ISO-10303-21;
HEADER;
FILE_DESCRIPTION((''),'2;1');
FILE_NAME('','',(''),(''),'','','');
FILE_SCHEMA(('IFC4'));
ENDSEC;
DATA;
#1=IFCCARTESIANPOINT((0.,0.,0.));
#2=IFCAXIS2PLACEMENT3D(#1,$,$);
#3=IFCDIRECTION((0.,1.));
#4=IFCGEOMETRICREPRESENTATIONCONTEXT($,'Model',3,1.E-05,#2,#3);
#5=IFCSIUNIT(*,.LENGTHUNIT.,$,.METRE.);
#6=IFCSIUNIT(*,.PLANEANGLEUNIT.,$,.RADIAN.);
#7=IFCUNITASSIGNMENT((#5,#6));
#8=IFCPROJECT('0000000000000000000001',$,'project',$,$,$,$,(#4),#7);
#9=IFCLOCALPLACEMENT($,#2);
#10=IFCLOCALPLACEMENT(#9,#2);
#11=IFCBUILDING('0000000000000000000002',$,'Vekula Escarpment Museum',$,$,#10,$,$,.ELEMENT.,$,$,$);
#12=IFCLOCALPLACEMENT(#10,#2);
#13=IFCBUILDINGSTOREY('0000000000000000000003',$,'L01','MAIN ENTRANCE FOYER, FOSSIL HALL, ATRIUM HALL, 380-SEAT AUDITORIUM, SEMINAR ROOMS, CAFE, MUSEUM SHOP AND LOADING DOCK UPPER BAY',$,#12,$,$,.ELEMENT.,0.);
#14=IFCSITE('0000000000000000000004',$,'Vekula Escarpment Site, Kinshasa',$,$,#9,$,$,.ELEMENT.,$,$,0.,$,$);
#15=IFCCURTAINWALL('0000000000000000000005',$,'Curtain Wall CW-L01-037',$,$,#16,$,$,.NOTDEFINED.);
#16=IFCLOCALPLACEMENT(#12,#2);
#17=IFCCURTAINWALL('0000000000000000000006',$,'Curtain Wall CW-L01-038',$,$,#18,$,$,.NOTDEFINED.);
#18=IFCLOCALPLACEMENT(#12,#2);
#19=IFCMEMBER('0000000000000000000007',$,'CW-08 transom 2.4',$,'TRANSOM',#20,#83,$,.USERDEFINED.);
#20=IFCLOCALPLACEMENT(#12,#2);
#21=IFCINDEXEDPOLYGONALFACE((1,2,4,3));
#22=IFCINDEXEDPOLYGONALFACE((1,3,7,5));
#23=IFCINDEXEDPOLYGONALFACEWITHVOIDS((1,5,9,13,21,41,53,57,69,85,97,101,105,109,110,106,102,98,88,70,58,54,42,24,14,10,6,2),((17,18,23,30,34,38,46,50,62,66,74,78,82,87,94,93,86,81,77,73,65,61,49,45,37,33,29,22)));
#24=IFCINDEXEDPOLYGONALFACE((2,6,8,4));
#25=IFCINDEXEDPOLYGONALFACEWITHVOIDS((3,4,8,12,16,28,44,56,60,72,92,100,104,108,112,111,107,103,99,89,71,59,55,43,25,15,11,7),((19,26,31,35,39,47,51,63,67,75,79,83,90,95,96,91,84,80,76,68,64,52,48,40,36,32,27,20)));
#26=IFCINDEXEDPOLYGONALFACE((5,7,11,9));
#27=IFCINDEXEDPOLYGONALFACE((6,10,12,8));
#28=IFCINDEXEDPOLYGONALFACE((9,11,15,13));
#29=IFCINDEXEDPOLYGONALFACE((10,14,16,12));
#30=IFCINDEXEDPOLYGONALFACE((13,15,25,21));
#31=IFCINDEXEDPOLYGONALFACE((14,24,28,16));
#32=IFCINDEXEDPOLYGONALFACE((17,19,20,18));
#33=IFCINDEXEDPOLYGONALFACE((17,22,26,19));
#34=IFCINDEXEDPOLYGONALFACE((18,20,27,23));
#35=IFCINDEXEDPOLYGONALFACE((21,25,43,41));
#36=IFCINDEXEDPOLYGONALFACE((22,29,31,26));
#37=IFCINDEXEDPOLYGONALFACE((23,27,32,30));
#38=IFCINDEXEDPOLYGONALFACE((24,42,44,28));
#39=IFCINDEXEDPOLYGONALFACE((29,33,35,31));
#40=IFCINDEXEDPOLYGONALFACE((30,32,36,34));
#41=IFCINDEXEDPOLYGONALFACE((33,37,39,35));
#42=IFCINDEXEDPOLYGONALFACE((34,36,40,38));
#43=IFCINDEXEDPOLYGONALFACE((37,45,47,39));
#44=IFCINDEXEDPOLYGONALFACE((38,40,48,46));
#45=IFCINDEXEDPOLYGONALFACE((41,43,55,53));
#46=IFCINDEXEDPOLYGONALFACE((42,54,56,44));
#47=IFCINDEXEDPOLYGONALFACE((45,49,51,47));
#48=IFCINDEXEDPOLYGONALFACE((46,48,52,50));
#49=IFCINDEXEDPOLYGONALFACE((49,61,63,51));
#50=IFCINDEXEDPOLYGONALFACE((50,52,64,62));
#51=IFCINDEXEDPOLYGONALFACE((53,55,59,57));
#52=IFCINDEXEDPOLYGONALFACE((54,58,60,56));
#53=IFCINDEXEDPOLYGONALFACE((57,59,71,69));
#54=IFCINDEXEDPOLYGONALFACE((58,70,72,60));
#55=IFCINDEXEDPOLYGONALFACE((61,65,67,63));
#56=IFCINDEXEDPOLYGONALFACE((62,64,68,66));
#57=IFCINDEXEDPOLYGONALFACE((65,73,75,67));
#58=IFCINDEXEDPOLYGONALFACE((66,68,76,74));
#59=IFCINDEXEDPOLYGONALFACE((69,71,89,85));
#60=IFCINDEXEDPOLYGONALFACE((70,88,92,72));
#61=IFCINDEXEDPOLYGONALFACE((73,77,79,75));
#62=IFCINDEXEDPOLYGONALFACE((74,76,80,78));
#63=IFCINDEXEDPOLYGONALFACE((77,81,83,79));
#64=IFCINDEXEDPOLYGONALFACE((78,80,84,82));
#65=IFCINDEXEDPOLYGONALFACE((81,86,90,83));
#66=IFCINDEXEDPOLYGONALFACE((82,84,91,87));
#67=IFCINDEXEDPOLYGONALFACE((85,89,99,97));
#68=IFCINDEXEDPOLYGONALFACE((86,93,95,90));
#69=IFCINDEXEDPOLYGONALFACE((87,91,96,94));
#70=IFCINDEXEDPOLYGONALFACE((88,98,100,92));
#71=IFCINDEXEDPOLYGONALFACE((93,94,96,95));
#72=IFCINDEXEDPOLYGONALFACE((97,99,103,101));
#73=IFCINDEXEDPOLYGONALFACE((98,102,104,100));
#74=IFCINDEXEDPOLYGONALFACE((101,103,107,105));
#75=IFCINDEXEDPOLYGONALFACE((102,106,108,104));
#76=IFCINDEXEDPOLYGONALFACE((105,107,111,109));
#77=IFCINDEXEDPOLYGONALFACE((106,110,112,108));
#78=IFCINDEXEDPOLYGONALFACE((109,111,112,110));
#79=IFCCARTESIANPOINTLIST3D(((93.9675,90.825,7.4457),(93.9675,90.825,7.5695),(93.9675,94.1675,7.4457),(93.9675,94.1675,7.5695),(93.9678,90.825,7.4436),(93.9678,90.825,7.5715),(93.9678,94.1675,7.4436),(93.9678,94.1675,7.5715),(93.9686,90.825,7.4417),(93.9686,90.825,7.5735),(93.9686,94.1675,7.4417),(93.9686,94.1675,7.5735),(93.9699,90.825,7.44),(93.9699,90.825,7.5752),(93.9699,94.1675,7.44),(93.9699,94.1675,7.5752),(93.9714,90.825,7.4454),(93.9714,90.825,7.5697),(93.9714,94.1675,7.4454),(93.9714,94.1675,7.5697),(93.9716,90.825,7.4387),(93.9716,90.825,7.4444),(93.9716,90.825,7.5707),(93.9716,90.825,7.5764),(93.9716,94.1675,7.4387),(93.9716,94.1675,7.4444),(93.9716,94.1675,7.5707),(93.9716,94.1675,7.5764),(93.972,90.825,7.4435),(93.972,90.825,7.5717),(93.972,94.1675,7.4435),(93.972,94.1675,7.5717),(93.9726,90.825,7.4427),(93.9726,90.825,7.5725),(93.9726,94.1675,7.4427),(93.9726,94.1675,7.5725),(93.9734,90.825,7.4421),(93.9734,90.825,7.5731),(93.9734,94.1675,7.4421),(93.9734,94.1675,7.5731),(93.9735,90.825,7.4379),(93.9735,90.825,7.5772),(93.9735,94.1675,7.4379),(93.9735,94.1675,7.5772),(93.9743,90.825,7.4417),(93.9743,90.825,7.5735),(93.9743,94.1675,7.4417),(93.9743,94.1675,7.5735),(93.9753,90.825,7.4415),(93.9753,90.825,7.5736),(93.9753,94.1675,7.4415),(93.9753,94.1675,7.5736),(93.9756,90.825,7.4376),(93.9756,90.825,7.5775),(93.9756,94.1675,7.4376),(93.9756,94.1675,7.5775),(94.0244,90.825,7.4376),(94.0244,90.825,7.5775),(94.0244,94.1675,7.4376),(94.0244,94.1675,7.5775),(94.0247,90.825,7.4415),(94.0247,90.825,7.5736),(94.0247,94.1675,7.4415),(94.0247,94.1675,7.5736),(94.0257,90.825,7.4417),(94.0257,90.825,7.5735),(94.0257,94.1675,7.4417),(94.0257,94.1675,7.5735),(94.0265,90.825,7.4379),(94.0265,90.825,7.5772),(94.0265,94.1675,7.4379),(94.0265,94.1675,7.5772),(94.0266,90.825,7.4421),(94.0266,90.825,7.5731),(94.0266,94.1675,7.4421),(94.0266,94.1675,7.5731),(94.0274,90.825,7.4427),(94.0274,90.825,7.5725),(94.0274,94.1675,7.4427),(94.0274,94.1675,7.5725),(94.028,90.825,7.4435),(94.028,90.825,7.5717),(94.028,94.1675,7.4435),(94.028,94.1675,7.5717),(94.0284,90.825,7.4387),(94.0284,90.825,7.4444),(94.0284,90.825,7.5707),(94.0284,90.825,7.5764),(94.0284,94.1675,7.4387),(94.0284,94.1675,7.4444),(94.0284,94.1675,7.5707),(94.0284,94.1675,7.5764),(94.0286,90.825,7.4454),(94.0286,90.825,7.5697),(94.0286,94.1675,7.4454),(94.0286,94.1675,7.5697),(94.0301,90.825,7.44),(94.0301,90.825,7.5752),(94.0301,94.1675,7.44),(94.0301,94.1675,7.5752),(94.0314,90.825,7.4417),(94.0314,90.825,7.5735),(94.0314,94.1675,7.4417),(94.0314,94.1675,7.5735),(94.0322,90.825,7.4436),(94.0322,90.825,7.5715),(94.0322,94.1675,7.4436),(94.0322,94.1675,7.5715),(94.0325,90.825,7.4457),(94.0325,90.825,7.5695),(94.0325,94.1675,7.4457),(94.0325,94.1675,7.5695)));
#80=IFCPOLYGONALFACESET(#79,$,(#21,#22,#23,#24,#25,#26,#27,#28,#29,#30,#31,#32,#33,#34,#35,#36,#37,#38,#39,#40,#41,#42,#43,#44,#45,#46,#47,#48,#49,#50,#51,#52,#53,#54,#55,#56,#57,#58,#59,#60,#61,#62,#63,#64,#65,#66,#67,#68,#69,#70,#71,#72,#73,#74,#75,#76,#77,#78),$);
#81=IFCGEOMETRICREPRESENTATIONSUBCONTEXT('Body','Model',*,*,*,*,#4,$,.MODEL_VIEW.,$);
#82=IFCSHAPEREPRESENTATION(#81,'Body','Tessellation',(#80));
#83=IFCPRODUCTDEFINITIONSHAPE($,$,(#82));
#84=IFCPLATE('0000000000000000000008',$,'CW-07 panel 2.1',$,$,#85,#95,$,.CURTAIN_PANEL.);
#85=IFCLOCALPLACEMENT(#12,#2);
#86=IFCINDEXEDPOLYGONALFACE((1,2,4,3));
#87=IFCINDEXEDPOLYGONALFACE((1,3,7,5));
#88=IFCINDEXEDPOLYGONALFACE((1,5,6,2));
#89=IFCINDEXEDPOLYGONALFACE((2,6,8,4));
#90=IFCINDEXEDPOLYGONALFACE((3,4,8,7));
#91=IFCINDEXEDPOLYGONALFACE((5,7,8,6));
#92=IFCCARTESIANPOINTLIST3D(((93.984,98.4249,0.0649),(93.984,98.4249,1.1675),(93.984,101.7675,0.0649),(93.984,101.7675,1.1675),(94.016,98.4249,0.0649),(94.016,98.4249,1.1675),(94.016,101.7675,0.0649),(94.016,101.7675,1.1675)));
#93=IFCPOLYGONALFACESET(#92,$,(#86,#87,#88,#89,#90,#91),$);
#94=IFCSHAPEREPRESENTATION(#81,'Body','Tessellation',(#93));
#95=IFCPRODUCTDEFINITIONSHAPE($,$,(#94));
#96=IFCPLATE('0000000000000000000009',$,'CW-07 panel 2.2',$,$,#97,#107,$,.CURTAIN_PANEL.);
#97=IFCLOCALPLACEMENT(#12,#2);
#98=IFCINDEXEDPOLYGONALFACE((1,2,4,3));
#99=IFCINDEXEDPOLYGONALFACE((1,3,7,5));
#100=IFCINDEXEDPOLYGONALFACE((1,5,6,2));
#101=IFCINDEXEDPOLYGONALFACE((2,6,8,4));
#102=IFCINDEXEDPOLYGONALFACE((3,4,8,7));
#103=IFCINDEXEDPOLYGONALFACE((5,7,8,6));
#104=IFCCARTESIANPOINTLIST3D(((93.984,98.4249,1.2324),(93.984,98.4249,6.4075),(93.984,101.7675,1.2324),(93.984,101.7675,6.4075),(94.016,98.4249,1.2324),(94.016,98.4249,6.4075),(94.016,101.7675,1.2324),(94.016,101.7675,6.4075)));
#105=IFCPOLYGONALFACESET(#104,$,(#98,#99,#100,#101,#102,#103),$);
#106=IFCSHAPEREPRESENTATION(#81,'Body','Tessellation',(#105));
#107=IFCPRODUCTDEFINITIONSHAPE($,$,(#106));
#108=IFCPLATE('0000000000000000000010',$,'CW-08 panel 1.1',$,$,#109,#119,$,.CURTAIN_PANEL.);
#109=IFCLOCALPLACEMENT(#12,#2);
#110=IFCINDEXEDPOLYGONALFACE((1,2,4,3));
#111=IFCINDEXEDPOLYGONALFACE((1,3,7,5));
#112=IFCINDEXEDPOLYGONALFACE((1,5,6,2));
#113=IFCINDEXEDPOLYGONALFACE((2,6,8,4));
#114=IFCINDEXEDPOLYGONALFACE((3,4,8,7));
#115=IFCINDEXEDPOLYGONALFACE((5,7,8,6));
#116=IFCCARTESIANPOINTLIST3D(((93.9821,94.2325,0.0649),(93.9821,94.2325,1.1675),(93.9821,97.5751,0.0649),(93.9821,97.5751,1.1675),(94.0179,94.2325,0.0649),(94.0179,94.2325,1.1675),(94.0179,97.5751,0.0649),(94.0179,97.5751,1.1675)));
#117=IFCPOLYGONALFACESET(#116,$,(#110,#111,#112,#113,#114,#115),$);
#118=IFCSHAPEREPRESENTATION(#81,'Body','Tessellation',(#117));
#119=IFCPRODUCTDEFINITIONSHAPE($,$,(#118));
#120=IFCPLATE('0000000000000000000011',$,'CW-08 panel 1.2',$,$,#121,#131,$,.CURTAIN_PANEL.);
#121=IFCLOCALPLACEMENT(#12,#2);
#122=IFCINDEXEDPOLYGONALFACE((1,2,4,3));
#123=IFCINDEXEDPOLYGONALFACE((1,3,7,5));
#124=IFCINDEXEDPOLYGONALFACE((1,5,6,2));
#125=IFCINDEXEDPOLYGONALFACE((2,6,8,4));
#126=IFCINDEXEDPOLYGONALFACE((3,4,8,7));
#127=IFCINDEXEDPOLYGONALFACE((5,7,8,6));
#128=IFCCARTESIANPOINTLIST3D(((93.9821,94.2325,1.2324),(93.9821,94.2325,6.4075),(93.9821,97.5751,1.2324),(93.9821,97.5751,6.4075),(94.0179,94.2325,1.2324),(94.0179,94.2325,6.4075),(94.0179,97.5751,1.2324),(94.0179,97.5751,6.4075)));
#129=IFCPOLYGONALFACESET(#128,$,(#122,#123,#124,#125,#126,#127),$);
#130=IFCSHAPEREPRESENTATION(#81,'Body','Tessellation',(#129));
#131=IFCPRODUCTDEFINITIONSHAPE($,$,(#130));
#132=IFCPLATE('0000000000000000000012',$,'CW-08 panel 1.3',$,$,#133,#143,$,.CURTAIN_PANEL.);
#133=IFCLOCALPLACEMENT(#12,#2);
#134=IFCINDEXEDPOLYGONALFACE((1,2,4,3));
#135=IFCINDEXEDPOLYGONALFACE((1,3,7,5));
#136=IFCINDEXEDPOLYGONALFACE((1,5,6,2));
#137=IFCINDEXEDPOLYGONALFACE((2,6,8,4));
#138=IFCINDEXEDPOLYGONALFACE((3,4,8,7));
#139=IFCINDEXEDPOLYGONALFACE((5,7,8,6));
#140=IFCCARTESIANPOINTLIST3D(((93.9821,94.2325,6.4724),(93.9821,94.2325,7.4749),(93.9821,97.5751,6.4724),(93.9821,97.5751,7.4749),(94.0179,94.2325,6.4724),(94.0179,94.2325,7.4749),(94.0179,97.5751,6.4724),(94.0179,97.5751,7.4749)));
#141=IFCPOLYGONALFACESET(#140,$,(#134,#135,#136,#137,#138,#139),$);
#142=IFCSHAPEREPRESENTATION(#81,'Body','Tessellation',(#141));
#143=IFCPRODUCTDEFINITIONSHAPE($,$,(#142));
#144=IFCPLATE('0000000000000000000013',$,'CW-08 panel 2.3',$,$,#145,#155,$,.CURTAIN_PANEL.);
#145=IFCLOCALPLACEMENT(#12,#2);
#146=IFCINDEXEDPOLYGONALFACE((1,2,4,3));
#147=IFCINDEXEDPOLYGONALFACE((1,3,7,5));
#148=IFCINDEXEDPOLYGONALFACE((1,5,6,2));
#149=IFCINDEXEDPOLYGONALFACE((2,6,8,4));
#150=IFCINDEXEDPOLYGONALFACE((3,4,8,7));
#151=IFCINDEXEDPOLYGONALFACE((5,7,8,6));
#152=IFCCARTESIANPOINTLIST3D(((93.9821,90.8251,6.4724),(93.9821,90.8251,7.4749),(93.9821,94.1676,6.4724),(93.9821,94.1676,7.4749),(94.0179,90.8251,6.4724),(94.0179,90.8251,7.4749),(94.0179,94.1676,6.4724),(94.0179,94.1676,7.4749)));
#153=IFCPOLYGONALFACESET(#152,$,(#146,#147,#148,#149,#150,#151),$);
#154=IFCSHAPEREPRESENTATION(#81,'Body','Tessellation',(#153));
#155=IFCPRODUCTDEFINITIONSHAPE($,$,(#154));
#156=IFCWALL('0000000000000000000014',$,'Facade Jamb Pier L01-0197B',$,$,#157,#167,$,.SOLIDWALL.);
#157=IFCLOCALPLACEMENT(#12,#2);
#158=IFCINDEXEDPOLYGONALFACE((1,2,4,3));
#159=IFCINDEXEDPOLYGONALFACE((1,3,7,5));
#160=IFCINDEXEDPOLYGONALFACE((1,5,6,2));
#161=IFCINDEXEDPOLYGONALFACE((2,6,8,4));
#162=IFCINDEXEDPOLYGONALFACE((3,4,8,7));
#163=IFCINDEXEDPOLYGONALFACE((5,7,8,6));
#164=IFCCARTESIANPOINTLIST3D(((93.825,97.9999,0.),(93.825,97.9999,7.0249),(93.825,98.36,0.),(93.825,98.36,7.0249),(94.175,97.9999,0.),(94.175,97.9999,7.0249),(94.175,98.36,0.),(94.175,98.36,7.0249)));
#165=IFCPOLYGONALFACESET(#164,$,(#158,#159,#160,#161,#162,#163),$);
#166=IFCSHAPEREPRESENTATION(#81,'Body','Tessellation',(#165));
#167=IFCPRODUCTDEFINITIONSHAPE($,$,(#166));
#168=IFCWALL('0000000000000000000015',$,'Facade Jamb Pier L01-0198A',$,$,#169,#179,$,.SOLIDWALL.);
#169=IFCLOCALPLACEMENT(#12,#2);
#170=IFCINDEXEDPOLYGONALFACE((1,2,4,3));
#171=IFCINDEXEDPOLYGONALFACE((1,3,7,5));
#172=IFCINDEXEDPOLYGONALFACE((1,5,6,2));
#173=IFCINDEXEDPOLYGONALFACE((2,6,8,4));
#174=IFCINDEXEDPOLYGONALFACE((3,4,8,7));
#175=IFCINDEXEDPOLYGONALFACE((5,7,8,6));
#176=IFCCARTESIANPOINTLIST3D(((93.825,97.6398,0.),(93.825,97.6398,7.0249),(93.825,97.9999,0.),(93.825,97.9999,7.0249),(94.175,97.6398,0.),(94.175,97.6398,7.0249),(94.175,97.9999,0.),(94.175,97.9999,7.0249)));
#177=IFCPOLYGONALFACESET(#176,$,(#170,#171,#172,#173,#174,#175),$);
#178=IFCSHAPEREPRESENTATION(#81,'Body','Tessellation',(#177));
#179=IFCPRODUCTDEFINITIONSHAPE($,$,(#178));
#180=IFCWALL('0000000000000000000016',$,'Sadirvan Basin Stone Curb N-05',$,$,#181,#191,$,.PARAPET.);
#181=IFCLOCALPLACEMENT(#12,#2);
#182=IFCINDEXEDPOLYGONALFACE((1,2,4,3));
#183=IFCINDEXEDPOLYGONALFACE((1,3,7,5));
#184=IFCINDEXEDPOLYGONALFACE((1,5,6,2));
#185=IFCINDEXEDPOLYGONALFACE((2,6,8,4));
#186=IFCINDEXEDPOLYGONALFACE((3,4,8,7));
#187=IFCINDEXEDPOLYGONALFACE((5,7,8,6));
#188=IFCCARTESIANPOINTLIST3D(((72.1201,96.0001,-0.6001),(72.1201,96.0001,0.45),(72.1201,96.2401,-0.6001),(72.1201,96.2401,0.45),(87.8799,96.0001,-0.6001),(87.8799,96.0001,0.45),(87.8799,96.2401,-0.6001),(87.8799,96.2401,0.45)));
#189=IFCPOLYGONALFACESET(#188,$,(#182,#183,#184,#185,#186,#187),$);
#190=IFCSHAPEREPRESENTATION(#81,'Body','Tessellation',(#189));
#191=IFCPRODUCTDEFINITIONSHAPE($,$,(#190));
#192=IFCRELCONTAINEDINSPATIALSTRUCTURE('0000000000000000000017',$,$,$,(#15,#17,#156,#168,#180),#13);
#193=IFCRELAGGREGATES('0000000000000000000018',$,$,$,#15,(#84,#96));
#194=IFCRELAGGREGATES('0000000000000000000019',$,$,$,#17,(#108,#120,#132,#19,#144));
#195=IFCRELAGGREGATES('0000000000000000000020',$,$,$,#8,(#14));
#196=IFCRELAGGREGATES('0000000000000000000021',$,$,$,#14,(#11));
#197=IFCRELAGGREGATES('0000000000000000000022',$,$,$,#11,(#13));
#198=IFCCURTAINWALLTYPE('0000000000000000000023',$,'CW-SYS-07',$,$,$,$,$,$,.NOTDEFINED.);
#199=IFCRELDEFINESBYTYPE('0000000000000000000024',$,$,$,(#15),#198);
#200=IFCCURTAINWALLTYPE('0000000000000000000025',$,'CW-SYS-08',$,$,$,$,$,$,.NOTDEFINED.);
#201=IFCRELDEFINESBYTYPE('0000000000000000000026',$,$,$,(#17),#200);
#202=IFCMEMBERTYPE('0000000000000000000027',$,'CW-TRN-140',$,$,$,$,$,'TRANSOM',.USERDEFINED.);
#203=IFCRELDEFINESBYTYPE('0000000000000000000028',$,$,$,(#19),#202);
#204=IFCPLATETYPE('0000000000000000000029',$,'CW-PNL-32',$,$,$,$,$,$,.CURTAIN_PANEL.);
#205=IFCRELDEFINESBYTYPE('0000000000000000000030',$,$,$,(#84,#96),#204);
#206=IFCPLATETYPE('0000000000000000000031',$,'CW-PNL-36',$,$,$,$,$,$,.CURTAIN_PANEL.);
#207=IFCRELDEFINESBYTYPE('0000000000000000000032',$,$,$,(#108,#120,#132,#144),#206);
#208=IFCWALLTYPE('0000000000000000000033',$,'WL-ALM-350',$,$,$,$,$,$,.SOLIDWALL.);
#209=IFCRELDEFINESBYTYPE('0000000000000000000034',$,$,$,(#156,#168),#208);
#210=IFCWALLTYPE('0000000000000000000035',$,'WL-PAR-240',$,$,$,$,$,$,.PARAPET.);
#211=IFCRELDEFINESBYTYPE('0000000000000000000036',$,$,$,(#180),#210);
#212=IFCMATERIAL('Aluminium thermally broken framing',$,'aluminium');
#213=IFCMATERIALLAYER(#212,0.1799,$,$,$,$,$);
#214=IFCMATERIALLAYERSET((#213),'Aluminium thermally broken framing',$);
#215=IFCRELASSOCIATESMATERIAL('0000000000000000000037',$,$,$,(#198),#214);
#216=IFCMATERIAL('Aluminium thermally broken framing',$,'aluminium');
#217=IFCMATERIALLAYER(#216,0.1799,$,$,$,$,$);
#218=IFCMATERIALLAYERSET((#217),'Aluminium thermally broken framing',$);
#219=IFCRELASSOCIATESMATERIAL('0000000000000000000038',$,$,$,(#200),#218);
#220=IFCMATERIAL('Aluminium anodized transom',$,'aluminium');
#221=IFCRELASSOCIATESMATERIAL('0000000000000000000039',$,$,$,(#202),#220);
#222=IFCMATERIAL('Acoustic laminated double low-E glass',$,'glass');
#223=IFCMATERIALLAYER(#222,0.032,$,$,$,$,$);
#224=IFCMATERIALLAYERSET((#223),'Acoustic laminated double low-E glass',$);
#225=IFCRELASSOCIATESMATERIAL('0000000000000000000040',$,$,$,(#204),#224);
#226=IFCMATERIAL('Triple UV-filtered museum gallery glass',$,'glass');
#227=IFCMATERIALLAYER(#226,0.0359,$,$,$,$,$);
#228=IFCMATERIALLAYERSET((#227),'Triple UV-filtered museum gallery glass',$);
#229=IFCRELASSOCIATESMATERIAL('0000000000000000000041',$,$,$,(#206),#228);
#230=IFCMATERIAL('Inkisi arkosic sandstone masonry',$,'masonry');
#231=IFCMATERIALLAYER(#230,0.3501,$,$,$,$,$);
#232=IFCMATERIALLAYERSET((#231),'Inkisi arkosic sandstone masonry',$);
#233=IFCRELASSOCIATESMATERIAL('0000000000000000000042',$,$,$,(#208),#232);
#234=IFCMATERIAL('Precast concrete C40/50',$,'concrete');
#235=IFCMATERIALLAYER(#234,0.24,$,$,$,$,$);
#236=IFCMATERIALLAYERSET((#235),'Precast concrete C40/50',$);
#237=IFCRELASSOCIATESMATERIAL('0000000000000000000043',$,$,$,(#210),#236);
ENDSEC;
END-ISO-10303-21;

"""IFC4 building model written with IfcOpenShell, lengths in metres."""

from ifc_helpers import new_model, si_unit, direction, frame, frame_2d, origin, origin_2d, place, context, subcontext, project, spatial, rectangle, hollow_rectangle, extrude, material, layer, layer_set, material_profile, profile_set, type_object, element, aggregate, save


model = new_model("IFC4")

# Units and contexts
model_context = context("Model", 3, precision=1e-05, world=origin(), true_north=direction((0.0, 1.0)))
body_context = subcontext(model_context, "Body", "Model", "MODEL_VIEW")
ifc_project = project(units=[si_unit("LENGTHUNIT", "METRE"), si_unit("PLANEANGLEUNIT", "RADIAN")], contexts=[model_context])

# Site, building, storey
site_placement = place(None, origin())
site = spatial("IfcSite", under=ifc_project, at=site_placement, Name="Vekula Escarpment Site, Kinshasa", CompositionType="ELEMENT", RefElevation=0.0)
building_placement = place(site_placement, origin())
building = spatial("IfcBuilding", under=site, at=building_placement, Name="Vekula Escarpment Museum", CompositionType="ELEMENT")
storey_placement = place(building_placement, origin())
storey = spatial("IfcBuildingStorey", under=building, at=storey_placement, Name="L01", Description="MAIN ENTRANCE FOYER, FOSSIL HALL, ATRIUM HALL, 380-SEAT AUDITORIUM, SEMINAR ROOMS, CAFE, MUSEUM SHOP AND LOADING DOCK UPPER BAY", CompositionType="ELEMENT", Elevation=0.0)

# Curtain wall
ifc_material_1 = material(Name="Aluminium thermally broken framing", Category="aluminium")
ifc_layer_1 = layer(ifc_material_1, 0.1799)
ifc_layer_set_1 = layer_set([ifc_layer_1], Name="Aluminium thermally broken framing")
curtain_wall_type_1 = type_object("IfcCurtainWallType", Name="CW-SYS-07", PredefinedType="NOTDEFINED", material=ifc_layer_set_1)
curtain_wall_1_placement = place(storey_placement, origin())
curtain_wall_1 = element("IfcCurtainWall", 1, at=curtain_wall_1_placement, inside=storey, type_object=curtain_wall_type_1, Name="Curtain Wall CW-L01-037", PredefinedType="NOTDEFINED")

# Curtain wall, member
ifc_material_2 = material(Name="Aluminium thermally broken framing", Category="aluminium")
ifc_layer_2 = layer(ifc_material_2, 0.1799)
ifc_layer_set_2 = layer_set([ifc_layer_2], Name="Aluminium thermally broken framing")
curtain_wall_type_2 = type_object("IfcCurtainWallType", Name="CW-SYS-08", PredefinedType="NOTDEFINED", material=ifc_layer_set_2)
curtain_wall_2_placement = place(storey_placement, origin())
curtain_wall_2 = element("IfcCurtainWall", 2, at=curtain_wall_2_placement, inside=storey, type_object=curtain_wall_type_2, Name="Curtain Wall CW-L01-038", PredefinedType="NOTDEFINED")
ifc_material_3 = material(Name="Aluminium anodized transom", Category="aluminium")
ifc_material_profile_1 = material_profile(ifc_material_3, hollow_rectangle(XDim=0.0649, YDim=0.1399, WallThickness=0.0039, InnerFilletRadius=0.0039, OuterFilletRadius=0.0081, at=origin_2d()), Name="ALU 140x65x4")
ifc_profile_set_1 = profile_set([ifc_material_profile_1], Name="Aluminium anodized transom")
member_type_1 = type_object("IfcMemberType", Name="CW-TRN-140", ElementType="TRANSOM", PredefinedType="USERDEFINED", material=ifc_profile_set_1)
member_1_placement = place(storey_placement, frame((94.0, 94.1675, 7.5076), z_axis=(0.0, -1.0, 0.0), x_axis=(1.0, 0.0, 0.0)))
member_1 = element("IfcMember", 3, at=member_1_placement, type_object=member_type_1, Name="CW-08 transom 2.4", ObjectType="TRANSOM", PredefinedType="USERDEFINED", context=body_context, shape_type="SweptSolid", body=[
    extrude(hollow_rectangle(XDim=0.0649, YDim=0.1399, WallThickness=0.0039, InnerFilletRadius=0.0039, OuterFilletRadius=0.0081, at=origin_2d()), origin(), (0.0, 0.0, 1.0), 3.3425),
])

# Plates
ifc_material_4 = material(Name="Acoustic laminated double low-E glass", Category="glass")
ifc_layer_3 = layer(ifc_material_4, 0.032)
ifc_layer_set_3 = layer_set([ifc_layer_3], Name="Acoustic laminated double low-E glass")
plate_type_1 = type_object("IfcPlateType", Name="CW-PNL-32", PredefinedType="CURTAIN_PANEL", material=ifc_layer_set_3)
plate_1_placement = place(storey_placement, frame((94.0, 100.0962, 0.0649), z_axis=(0.0, 0.0, 1.0), x_axis=(0.0, -1.0, 0.0)))
plate_1 = element("IfcPlate", 4, at=plate_1_placement, type_object=plate_type_1, Name="CW-07 panel 2.1", PredefinedType="CURTAIN_PANEL", context=body_context, shape_type="SweptSolid", body=[
    extrude(rectangle(XDim=3.3425, YDim=0.032, at=origin_2d()), origin(), (0.0, 0.0, 1.0), 1.1025),
])
plate_2_placement = place(storey_placement, frame((94.0, 100.0962, 1.2324), z_axis=(0.0, 0.0, 1.0), x_axis=(0.0, -1.0, 0.0)))
plate_2 = element("IfcPlate", 5, at=plate_2_placement, type_object=plate_type_1, Name="CW-07 panel 2.2", PredefinedType="CURTAIN_PANEL", context=body_context, shape_type="SweptSolid", body=[
    extrude(rectangle(XDim=3.3425, YDim=0.032, at=origin_2d()), origin(), (0.0, 0.0, 1.0), 5.175),
])
aggregate(curtain_wall_1, [plate_1, plate_2])
ifc_material_5 = material(Name="Triple UV-filtered museum gallery glass", Category="glass")
ifc_layer_4 = layer(ifc_material_5, 0.0359)
ifc_layer_set_4 = layer_set([ifc_layer_4], Name="Triple UV-filtered museum gallery glass")
plate_type_2 = type_object("IfcPlateType", Name="CW-PNL-36", PredefinedType="CURTAIN_PANEL", material=ifc_layer_set_4)
plate_3_placement = place(storey_placement, frame((94.0, 95.9038, 0.0649), z_axis=(0.0, 0.0, 1.0), x_axis=(0.0, -1.0, 0.0)))
plate_3 = element("IfcPlate", 6, at=plate_3_placement, type_object=plate_type_2, Name="CW-08 panel 1.1", PredefinedType="CURTAIN_PANEL", context=body_context, shape_type="SweptSolid", body=[
    extrude(rectangle(XDim=3.3425, YDim=0.0359, at=origin_2d()), origin(), (0.0, 0.0, 1.0), 1.1025),
])
plate_4_placement = place(storey_placement, frame((94.0, 95.9038, 1.2324), z_axis=(0.0, 0.0, 1.0), x_axis=(0.0, -1.0, 0.0)))
plate_4 = element("IfcPlate", 7, at=plate_4_placement, type_object=plate_type_2, Name="CW-08 panel 1.2", PredefinedType="CURTAIN_PANEL", context=body_context, shape_type="SweptSolid", body=[
    extrude(rectangle(XDim=3.3425, YDim=0.0359, at=origin_2d()), origin(), (0.0, 0.0, 1.0), 5.175),
])
plate_5_placement = place(storey_placement, frame((94.0, 95.9038, 6.4724), z_axis=(0.0, 0.0, 1.0), x_axis=(0.0, -1.0, 0.0)))
plate_5 = element("IfcPlate", 8, at=plate_5_placement, type_object=plate_type_2, Name="CW-08 panel 1.3", PredefinedType="CURTAIN_PANEL", context=body_context, shape_type="SweptSolid", body=[
    extrude(rectangle(XDim=3.3425, YDim=0.0359, at=origin_2d()), origin(), (0.0, 0.0, 1.0), 1.0024),
])
plate_6_placement = place(storey_placement, frame((94.0, 92.4963, 6.4724), z_axis=(0.0, 0.0, 1.0), x_axis=(0.0, -1.0, 0.0)))
plate_6 = element("IfcPlate", 9, at=plate_6_placement, type_object=plate_type_2, Name="CW-08 panel 2.3", PredefinedType="CURTAIN_PANEL", context=body_context, shape_type="SweptSolid", body=[
    extrude(rectangle(XDim=3.3425, YDim=0.0359, at=origin_2d()), origin(), (0.0, 0.0, 1.0), 1.0024),
])
aggregate(curtain_wall_2, [plate_3, plate_4, plate_5, member_1, plate_6])

# Walls
ifc_material_6 = material(Name="Inkisi arkosic sandstone masonry", Category="masonry")
ifc_layer_5 = layer(ifc_material_6, 0.3501)
ifc_layer_set_5 = layer_set([ifc_layer_5], Name="Inkisi arkosic sandstone masonry")
wall_type_1 = type_object("IfcWallType", Name="WL-ALM-350", PredefinedType="SOLIDWALL", material=ifc_layer_set_5)
for number, where, z_axis, x_axis, name in (
    (10, (94.0, 98.3601, 0.0), (0.0, 0.0, 1.0), (0.0, -1.0, 0.0), "Facade Jamb Pier L01-0197B"),
    (11, (94.0, 98.0, 0.0), (0.0, 0.0, 1.0), (0.0, -1.0, 0.0), "Facade Jamb Pier L01-0198A"),
):
    element("IfcWall", number, at=place(storey_placement, frame(where, z_axis=z_axis, x_axis=x_axis)), inside=storey, type_object=wall_type_1, Name=name, PredefinedType="SOLIDWALL", context=body_context, shape_type="SweptSolid", body=[
        extrude(rectangle(XDim=0.3601, YDim=0.3501, at=frame_2d((0.1802, 0.0))), origin(), (0.0, 0.0, 1.0), 7.0249),
    ])
ifc_material_7 = material(Name="Precast concrete C40/50", Category="concrete")
ifc_layer_6 = layer(ifc_material_7, 0.24)
ifc_layer_set_6 = layer_set([ifc_layer_6], Name="Precast concrete C40/50")
wall_type_2 = type_object("IfcWallType", Name="WL-PAR-240", PredefinedType="PARAPET", material=ifc_layer_set_6)
wall_1_placement = place(storey_placement, frame((72.1201, 96.1201, -0.6001), z_axis=(0.0, 0.0, 1.0), x_axis=(1.0, 0.0, 0.0)))
element("IfcWall", 12, at=wall_1_placement, inside=storey, type_object=wall_type_2, Name="Sadirvan Basin Stone Curb N-05", PredefinedType="PARAPET", context=body_context, shape_type="SweptSolid", body=[
    extrude(rectangle(XDim=15.7598, YDim=0.24, at=frame_2d((7.8799, 0.0))), origin(), (0.0, 0.0, 1.0), 1.05),
])

save(model, "model.ifc")
